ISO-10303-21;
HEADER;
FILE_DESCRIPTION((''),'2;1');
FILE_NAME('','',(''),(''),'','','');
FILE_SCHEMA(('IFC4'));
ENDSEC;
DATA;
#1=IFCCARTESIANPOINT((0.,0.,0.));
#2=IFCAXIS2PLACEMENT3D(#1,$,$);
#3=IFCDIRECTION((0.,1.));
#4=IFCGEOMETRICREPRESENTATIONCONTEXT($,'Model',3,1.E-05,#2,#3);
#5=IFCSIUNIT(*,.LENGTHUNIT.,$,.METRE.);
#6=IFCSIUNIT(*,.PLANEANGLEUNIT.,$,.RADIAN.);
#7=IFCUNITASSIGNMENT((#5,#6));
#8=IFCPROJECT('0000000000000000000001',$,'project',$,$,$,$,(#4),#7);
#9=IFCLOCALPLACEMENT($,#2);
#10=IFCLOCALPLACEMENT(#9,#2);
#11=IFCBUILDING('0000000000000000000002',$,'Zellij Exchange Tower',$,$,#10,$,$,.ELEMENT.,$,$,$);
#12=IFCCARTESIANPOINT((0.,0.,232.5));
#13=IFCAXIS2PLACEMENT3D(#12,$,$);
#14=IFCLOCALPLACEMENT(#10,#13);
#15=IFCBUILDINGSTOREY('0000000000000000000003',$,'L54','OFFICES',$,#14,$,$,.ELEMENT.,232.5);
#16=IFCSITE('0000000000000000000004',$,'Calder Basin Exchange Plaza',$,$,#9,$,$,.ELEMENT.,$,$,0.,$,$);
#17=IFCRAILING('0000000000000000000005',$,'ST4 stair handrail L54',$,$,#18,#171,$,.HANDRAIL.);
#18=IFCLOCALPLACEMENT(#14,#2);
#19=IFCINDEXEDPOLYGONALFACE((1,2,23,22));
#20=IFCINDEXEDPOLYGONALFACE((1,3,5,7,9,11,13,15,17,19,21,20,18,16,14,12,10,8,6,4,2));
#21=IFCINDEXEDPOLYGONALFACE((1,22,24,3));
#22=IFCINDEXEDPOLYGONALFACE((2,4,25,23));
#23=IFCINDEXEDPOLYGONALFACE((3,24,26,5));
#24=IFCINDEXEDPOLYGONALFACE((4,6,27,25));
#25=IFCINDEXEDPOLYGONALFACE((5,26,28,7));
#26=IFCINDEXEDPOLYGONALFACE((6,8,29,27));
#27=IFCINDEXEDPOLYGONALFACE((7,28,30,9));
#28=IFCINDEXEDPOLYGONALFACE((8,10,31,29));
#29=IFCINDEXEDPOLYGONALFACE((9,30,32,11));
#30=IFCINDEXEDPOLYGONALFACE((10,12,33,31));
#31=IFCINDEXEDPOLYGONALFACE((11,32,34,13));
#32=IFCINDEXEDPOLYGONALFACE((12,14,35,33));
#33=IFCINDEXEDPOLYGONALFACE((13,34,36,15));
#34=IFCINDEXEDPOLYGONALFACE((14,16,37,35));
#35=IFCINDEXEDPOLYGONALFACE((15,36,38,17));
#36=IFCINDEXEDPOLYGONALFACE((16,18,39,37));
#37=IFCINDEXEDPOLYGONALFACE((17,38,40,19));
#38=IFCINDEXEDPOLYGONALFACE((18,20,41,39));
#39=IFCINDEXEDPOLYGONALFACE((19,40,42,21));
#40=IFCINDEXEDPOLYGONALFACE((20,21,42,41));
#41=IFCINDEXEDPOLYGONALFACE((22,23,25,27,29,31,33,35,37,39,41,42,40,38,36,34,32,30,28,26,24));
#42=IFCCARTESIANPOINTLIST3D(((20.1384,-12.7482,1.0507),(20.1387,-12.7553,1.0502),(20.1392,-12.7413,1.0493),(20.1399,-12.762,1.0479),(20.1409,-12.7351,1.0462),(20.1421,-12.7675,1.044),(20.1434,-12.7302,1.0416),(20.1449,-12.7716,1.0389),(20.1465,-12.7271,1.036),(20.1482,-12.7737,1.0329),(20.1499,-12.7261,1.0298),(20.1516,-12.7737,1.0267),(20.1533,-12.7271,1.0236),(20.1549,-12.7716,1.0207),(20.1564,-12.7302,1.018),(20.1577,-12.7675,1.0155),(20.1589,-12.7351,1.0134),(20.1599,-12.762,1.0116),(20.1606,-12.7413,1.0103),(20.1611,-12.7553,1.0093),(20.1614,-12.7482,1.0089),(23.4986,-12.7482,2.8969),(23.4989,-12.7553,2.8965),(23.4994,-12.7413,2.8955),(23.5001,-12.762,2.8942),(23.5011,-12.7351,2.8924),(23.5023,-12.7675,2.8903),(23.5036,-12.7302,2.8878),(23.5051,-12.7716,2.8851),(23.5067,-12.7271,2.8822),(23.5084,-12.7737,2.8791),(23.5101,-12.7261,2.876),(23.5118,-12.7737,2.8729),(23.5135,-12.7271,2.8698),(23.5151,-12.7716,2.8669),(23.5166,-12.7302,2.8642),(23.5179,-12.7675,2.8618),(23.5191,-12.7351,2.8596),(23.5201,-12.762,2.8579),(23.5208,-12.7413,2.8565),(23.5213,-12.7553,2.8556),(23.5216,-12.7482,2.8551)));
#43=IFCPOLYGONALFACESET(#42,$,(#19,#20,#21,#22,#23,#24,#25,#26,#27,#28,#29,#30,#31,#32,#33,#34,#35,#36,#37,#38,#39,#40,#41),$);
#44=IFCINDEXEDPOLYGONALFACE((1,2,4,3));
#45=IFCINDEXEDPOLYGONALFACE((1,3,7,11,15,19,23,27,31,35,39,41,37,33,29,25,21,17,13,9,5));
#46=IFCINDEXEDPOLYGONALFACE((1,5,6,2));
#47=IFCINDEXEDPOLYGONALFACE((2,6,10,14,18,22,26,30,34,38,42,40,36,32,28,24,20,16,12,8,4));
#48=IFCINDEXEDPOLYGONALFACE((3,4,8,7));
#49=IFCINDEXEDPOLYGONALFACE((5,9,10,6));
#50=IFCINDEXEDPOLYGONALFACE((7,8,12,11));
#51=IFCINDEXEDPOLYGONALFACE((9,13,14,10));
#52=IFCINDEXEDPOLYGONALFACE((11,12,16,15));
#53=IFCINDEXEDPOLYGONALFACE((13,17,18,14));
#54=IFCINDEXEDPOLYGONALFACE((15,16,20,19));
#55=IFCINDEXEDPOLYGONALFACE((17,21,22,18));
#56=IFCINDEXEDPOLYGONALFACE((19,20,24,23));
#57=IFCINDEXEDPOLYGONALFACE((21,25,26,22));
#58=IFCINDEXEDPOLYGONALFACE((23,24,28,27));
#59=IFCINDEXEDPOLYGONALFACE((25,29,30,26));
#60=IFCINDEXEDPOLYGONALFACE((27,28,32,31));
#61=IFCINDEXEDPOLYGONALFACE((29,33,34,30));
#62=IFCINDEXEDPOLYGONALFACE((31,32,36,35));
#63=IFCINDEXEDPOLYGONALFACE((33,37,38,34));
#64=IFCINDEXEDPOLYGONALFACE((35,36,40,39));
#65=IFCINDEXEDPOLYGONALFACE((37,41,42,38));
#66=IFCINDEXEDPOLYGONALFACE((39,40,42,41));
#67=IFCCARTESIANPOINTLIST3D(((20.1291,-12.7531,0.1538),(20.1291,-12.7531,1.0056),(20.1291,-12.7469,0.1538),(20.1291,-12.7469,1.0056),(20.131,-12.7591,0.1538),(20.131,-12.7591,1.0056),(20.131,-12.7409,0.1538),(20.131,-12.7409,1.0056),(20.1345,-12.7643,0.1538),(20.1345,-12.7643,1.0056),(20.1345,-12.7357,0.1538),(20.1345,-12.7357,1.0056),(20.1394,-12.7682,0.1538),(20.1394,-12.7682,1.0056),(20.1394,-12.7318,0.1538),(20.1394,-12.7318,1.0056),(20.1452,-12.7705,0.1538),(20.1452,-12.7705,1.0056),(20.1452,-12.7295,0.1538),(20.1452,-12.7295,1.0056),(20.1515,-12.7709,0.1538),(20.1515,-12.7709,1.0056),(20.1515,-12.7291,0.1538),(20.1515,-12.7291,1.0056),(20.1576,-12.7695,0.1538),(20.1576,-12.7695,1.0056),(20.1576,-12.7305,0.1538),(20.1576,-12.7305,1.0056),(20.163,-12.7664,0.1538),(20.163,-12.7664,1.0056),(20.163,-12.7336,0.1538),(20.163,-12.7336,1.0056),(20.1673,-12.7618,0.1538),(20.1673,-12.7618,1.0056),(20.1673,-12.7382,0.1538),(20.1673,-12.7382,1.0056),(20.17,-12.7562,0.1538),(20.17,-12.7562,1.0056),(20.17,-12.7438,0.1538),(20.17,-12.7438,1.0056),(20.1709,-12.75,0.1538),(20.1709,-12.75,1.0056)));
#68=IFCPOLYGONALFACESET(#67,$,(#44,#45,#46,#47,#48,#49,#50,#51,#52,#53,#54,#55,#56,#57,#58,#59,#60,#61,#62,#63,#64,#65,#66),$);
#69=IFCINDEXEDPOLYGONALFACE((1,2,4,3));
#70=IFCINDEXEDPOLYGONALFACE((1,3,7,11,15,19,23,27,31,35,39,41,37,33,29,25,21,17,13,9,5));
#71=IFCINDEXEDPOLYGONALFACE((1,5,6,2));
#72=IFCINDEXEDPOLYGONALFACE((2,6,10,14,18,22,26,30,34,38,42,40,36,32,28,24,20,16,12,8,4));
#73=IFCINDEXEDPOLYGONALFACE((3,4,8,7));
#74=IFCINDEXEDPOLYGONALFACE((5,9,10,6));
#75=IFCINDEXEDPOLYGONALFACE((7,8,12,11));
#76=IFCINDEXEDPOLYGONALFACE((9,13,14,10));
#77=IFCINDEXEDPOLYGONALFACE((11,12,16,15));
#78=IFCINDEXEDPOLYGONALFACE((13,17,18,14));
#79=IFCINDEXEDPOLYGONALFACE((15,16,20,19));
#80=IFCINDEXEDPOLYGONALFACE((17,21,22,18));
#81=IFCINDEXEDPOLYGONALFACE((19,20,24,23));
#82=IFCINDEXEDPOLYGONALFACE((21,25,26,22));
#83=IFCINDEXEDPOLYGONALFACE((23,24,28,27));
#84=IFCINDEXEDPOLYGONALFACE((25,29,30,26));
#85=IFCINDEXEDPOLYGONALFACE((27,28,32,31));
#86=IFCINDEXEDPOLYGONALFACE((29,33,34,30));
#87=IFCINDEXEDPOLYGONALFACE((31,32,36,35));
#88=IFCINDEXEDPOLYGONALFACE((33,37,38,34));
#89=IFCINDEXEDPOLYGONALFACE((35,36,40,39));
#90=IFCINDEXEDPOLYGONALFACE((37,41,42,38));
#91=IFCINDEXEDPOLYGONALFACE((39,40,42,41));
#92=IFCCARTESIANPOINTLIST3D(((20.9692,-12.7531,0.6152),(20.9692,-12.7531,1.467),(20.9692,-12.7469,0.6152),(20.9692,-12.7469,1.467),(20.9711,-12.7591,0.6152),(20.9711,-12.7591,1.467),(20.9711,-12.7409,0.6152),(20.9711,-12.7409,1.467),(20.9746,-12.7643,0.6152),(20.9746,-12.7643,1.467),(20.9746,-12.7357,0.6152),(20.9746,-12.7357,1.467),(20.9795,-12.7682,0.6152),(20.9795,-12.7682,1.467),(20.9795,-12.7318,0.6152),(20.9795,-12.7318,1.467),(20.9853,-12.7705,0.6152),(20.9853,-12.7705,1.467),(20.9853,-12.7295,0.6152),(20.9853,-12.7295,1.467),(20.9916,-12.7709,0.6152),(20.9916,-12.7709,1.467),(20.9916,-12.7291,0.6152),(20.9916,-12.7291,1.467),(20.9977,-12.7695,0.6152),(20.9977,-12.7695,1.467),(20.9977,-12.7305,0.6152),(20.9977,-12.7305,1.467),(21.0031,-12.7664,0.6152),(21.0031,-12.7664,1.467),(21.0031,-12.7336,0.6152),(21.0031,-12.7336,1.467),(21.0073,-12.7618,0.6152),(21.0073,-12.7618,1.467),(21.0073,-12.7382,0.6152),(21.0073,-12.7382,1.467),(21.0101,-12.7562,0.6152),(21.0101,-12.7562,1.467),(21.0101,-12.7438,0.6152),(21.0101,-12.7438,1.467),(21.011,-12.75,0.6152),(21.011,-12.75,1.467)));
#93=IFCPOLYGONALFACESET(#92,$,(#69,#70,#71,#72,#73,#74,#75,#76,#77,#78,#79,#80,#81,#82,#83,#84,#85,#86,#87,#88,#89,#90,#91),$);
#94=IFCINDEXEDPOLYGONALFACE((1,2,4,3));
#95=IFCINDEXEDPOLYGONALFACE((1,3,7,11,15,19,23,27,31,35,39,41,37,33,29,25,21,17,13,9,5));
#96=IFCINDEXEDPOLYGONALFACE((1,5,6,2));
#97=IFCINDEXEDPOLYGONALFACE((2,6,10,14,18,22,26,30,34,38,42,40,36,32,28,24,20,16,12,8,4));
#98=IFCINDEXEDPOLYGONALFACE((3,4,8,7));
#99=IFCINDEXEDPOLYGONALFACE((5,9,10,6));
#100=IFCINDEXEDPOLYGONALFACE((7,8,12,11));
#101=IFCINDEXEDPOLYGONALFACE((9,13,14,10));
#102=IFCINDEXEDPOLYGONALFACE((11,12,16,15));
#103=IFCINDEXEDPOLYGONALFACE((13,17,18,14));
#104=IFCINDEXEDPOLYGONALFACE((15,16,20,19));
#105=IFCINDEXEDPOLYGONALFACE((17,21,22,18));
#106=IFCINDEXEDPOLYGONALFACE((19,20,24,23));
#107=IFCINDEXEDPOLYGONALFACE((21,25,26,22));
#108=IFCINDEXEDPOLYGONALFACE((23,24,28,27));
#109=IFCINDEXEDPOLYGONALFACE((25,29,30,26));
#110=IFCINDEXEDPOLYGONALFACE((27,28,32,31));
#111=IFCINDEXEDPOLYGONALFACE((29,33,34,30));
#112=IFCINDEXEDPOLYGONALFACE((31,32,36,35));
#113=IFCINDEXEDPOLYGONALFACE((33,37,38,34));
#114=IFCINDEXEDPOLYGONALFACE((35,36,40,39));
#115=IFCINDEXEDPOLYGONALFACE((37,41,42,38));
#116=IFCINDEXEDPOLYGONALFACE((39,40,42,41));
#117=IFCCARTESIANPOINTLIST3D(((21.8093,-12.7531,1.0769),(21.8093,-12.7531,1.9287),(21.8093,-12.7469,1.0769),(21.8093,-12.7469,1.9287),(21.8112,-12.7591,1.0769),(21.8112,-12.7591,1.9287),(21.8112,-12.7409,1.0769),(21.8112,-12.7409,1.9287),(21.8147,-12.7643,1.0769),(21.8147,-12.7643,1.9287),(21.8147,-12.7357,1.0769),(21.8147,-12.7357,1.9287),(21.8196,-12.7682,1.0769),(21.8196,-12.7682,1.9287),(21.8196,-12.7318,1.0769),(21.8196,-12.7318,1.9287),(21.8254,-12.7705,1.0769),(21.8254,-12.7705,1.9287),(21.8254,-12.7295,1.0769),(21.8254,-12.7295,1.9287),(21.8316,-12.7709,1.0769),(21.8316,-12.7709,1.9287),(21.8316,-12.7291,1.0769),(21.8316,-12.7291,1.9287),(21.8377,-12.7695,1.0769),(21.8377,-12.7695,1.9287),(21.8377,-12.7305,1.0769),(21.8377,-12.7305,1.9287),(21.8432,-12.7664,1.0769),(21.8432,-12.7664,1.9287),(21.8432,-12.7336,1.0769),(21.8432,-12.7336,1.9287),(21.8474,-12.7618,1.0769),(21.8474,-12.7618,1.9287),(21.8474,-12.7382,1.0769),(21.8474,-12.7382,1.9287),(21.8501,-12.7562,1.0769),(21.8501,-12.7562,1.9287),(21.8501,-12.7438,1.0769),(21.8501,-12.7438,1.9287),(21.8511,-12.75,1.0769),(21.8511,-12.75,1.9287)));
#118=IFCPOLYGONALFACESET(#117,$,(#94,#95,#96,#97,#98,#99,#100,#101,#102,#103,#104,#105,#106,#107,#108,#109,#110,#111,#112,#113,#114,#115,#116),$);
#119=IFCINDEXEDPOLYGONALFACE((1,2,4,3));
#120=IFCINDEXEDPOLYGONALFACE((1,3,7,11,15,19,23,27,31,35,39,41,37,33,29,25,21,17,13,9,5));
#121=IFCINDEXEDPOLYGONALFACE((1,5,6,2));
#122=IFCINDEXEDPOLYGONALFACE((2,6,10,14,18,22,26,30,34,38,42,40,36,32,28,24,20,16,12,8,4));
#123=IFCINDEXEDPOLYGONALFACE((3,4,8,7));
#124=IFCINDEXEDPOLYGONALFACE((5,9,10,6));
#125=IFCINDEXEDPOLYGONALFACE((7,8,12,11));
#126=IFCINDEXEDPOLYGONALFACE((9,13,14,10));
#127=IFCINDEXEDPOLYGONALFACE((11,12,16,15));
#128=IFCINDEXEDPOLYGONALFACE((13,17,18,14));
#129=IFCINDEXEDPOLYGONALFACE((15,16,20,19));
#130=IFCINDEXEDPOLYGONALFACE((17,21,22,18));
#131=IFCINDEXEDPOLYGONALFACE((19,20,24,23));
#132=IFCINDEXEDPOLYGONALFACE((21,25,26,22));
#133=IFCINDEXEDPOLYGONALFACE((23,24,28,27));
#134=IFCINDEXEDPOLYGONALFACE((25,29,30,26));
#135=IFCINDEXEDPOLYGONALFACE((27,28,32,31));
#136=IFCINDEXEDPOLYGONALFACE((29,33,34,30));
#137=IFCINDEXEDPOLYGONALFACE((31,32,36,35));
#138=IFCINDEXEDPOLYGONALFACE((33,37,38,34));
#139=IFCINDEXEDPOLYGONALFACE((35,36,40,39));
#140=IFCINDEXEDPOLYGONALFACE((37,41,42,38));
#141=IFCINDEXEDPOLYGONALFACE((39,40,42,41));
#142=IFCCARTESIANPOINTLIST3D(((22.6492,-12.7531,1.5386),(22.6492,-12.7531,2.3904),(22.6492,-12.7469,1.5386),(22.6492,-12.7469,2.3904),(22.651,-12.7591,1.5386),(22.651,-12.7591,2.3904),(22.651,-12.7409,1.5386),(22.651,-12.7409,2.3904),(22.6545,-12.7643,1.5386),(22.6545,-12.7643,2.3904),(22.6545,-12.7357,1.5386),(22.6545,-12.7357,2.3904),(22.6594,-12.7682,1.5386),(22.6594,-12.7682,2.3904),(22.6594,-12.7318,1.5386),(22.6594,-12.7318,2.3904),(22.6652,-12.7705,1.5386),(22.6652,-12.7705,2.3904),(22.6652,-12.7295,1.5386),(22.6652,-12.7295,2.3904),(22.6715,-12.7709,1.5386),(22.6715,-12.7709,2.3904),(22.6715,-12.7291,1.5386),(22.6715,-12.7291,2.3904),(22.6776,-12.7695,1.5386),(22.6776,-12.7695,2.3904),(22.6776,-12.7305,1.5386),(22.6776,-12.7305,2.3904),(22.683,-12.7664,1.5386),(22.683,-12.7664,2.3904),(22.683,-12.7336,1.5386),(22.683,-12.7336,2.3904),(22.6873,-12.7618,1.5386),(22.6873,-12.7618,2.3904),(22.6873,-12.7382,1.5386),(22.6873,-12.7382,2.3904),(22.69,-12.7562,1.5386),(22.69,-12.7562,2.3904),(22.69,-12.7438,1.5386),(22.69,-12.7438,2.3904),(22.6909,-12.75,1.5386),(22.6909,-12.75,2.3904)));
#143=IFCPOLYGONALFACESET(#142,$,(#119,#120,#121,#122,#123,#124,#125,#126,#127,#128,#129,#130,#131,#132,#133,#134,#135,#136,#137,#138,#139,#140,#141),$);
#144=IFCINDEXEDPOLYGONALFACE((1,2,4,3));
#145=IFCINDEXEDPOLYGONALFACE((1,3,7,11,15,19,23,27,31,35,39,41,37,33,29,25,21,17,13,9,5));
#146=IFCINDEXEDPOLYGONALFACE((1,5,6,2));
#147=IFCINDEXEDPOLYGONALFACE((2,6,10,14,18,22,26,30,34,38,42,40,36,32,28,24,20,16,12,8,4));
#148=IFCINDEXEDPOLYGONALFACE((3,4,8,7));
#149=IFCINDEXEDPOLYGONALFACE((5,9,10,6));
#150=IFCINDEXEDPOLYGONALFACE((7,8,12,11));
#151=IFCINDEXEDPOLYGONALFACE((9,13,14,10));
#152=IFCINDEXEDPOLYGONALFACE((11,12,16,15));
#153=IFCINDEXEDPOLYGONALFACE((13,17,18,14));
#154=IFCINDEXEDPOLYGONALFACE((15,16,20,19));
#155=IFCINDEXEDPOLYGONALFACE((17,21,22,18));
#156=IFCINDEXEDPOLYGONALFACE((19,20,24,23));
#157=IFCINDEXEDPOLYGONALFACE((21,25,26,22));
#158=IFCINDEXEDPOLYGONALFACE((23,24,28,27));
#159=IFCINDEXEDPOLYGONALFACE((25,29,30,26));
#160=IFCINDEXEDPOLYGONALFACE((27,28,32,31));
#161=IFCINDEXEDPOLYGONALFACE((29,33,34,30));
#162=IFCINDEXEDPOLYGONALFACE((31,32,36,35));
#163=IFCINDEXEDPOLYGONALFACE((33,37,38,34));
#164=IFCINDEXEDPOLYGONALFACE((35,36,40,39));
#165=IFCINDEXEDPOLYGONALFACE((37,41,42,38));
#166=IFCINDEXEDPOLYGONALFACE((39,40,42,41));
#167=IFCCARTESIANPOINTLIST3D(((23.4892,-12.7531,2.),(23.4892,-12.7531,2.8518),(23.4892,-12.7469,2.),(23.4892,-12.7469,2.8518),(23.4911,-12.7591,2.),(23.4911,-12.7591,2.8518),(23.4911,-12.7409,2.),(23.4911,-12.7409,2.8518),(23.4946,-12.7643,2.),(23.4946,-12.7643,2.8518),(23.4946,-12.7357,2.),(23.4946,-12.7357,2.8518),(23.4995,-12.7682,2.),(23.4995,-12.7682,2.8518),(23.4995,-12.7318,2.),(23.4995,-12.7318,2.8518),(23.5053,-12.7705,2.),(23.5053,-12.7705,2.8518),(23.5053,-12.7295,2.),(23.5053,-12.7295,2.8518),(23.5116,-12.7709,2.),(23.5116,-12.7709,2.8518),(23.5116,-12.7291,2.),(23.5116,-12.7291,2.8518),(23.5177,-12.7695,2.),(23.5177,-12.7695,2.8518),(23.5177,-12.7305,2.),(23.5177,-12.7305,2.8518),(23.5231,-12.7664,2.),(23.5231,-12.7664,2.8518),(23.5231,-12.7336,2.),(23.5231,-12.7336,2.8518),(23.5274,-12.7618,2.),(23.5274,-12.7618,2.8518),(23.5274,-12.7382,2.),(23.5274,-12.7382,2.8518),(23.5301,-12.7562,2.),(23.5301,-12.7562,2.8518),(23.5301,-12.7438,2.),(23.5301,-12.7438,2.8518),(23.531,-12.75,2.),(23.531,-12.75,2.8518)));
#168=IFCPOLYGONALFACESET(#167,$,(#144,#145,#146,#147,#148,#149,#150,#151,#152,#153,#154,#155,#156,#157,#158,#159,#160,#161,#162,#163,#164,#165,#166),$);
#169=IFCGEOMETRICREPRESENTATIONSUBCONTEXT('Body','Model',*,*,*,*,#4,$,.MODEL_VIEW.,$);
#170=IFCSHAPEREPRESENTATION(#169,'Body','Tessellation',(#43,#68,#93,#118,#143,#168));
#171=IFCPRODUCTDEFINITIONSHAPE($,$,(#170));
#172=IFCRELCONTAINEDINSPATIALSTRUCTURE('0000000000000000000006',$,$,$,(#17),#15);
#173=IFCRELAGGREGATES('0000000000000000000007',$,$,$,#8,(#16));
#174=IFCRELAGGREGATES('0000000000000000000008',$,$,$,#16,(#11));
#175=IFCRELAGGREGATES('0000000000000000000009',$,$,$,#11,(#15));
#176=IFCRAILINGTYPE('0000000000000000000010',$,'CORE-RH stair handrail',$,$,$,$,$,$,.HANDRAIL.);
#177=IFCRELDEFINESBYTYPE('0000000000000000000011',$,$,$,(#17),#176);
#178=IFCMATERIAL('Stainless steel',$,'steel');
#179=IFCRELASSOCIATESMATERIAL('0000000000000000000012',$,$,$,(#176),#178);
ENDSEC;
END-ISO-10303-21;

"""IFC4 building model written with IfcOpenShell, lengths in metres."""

from ifc_helpers import new_model, si_unit, direction, frame, origin, origin_2d, place, context, subcontext, project, spatial, circle, extrude, material, type_object, element, save


model = new_model("IFC4")

# Units and contexts
model_context = context("Model", 3, precision=1e-05, world=origin(), true_north=direction((0.0, 1.0)))
body_context = subcontext(model_context, "Body", "Model", "MODEL_VIEW")
ifc_project = project(units=[si_unit("LENGTHUNIT", "METRE"), si_unit("PLANEANGLEUNIT", "RADIAN")], contexts=[model_context])

# Site, building, storey
site_placement = place(None, origin())
site = spatial("IfcSite", under=ifc_project, at=site_placement, Name="Calder Basin Exchange Plaza", CompositionType="ELEMENT", RefElevation=0.0)
building_placement = place(site_placement, origin())
building = spatial("IfcBuilding", under=site, at=building_placement, Name="Zellij Exchange Tower", CompositionType="ELEMENT")
storey_placement = place(building_placement, frame((0.0, 0.0, 232.5)))
storey = spatial("IfcBuildingStorey", under=building, at=storey_placement, Name="L54", Description="OFFICES", CompositionType="ELEMENT", Elevation=232.5)

# Railing
ifc_material_1 = material(Name="Stainless steel", Category="steel")
railing_type_1 = type_object("IfcRailingType", Name="CORE-RH stair handrail", PredefinedType="HANDRAIL", material=ifc_material_1)
railing_1_placement = place(storey_placement, frame((20.1499, -12.75, 0.1538)))
element("IfcRailing", 1, at=railing_1_placement, inside=storey, type_object=railing_type_1, Name="ST4 stair handrail L54", PredefinedType="HANDRAIL", context=body_context, shape_type="SweptSolid", body=[
    extrude(circle(Radius=0.0239, at=origin_2d()), frame((0.0, 0.0, 0.876), z_axis=(0.876422, 0.0, 0.481545), x_axis=(0.0, 1.0, 0.0)), (0.0, 0.0, 1.0), 3.834),
    extrude(circle(Radius=0.021, at=origin_2d()), origin(), (0.0, 0.0, 1.0), 0.8518),
    extrude(circle(Radius=0.021, at=origin_2d()), frame((0.8401, 0.0, 0.4614)), (0.0, 0.0, 1.0), 0.8518),
    extrude(circle(Radius=0.021, at=origin_2d()), frame((1.6802, 0.0, 0.9231)), (0.0, 0.0, 1.0), 0.8518),
    extrude(circle(Radius=0.021, at=origin_2d()), frame((2.52, 0.0, 1.3848)), (0.0, 0.0, 1.0), 0.8518),
    extrude(circle(Radius=0.021, at=origin_2d()), frame((3.3601, 0.0, 1.8462)), (0.0, 0.0, 1.0), 0.8518),
])

save(model, "model.ifc")
